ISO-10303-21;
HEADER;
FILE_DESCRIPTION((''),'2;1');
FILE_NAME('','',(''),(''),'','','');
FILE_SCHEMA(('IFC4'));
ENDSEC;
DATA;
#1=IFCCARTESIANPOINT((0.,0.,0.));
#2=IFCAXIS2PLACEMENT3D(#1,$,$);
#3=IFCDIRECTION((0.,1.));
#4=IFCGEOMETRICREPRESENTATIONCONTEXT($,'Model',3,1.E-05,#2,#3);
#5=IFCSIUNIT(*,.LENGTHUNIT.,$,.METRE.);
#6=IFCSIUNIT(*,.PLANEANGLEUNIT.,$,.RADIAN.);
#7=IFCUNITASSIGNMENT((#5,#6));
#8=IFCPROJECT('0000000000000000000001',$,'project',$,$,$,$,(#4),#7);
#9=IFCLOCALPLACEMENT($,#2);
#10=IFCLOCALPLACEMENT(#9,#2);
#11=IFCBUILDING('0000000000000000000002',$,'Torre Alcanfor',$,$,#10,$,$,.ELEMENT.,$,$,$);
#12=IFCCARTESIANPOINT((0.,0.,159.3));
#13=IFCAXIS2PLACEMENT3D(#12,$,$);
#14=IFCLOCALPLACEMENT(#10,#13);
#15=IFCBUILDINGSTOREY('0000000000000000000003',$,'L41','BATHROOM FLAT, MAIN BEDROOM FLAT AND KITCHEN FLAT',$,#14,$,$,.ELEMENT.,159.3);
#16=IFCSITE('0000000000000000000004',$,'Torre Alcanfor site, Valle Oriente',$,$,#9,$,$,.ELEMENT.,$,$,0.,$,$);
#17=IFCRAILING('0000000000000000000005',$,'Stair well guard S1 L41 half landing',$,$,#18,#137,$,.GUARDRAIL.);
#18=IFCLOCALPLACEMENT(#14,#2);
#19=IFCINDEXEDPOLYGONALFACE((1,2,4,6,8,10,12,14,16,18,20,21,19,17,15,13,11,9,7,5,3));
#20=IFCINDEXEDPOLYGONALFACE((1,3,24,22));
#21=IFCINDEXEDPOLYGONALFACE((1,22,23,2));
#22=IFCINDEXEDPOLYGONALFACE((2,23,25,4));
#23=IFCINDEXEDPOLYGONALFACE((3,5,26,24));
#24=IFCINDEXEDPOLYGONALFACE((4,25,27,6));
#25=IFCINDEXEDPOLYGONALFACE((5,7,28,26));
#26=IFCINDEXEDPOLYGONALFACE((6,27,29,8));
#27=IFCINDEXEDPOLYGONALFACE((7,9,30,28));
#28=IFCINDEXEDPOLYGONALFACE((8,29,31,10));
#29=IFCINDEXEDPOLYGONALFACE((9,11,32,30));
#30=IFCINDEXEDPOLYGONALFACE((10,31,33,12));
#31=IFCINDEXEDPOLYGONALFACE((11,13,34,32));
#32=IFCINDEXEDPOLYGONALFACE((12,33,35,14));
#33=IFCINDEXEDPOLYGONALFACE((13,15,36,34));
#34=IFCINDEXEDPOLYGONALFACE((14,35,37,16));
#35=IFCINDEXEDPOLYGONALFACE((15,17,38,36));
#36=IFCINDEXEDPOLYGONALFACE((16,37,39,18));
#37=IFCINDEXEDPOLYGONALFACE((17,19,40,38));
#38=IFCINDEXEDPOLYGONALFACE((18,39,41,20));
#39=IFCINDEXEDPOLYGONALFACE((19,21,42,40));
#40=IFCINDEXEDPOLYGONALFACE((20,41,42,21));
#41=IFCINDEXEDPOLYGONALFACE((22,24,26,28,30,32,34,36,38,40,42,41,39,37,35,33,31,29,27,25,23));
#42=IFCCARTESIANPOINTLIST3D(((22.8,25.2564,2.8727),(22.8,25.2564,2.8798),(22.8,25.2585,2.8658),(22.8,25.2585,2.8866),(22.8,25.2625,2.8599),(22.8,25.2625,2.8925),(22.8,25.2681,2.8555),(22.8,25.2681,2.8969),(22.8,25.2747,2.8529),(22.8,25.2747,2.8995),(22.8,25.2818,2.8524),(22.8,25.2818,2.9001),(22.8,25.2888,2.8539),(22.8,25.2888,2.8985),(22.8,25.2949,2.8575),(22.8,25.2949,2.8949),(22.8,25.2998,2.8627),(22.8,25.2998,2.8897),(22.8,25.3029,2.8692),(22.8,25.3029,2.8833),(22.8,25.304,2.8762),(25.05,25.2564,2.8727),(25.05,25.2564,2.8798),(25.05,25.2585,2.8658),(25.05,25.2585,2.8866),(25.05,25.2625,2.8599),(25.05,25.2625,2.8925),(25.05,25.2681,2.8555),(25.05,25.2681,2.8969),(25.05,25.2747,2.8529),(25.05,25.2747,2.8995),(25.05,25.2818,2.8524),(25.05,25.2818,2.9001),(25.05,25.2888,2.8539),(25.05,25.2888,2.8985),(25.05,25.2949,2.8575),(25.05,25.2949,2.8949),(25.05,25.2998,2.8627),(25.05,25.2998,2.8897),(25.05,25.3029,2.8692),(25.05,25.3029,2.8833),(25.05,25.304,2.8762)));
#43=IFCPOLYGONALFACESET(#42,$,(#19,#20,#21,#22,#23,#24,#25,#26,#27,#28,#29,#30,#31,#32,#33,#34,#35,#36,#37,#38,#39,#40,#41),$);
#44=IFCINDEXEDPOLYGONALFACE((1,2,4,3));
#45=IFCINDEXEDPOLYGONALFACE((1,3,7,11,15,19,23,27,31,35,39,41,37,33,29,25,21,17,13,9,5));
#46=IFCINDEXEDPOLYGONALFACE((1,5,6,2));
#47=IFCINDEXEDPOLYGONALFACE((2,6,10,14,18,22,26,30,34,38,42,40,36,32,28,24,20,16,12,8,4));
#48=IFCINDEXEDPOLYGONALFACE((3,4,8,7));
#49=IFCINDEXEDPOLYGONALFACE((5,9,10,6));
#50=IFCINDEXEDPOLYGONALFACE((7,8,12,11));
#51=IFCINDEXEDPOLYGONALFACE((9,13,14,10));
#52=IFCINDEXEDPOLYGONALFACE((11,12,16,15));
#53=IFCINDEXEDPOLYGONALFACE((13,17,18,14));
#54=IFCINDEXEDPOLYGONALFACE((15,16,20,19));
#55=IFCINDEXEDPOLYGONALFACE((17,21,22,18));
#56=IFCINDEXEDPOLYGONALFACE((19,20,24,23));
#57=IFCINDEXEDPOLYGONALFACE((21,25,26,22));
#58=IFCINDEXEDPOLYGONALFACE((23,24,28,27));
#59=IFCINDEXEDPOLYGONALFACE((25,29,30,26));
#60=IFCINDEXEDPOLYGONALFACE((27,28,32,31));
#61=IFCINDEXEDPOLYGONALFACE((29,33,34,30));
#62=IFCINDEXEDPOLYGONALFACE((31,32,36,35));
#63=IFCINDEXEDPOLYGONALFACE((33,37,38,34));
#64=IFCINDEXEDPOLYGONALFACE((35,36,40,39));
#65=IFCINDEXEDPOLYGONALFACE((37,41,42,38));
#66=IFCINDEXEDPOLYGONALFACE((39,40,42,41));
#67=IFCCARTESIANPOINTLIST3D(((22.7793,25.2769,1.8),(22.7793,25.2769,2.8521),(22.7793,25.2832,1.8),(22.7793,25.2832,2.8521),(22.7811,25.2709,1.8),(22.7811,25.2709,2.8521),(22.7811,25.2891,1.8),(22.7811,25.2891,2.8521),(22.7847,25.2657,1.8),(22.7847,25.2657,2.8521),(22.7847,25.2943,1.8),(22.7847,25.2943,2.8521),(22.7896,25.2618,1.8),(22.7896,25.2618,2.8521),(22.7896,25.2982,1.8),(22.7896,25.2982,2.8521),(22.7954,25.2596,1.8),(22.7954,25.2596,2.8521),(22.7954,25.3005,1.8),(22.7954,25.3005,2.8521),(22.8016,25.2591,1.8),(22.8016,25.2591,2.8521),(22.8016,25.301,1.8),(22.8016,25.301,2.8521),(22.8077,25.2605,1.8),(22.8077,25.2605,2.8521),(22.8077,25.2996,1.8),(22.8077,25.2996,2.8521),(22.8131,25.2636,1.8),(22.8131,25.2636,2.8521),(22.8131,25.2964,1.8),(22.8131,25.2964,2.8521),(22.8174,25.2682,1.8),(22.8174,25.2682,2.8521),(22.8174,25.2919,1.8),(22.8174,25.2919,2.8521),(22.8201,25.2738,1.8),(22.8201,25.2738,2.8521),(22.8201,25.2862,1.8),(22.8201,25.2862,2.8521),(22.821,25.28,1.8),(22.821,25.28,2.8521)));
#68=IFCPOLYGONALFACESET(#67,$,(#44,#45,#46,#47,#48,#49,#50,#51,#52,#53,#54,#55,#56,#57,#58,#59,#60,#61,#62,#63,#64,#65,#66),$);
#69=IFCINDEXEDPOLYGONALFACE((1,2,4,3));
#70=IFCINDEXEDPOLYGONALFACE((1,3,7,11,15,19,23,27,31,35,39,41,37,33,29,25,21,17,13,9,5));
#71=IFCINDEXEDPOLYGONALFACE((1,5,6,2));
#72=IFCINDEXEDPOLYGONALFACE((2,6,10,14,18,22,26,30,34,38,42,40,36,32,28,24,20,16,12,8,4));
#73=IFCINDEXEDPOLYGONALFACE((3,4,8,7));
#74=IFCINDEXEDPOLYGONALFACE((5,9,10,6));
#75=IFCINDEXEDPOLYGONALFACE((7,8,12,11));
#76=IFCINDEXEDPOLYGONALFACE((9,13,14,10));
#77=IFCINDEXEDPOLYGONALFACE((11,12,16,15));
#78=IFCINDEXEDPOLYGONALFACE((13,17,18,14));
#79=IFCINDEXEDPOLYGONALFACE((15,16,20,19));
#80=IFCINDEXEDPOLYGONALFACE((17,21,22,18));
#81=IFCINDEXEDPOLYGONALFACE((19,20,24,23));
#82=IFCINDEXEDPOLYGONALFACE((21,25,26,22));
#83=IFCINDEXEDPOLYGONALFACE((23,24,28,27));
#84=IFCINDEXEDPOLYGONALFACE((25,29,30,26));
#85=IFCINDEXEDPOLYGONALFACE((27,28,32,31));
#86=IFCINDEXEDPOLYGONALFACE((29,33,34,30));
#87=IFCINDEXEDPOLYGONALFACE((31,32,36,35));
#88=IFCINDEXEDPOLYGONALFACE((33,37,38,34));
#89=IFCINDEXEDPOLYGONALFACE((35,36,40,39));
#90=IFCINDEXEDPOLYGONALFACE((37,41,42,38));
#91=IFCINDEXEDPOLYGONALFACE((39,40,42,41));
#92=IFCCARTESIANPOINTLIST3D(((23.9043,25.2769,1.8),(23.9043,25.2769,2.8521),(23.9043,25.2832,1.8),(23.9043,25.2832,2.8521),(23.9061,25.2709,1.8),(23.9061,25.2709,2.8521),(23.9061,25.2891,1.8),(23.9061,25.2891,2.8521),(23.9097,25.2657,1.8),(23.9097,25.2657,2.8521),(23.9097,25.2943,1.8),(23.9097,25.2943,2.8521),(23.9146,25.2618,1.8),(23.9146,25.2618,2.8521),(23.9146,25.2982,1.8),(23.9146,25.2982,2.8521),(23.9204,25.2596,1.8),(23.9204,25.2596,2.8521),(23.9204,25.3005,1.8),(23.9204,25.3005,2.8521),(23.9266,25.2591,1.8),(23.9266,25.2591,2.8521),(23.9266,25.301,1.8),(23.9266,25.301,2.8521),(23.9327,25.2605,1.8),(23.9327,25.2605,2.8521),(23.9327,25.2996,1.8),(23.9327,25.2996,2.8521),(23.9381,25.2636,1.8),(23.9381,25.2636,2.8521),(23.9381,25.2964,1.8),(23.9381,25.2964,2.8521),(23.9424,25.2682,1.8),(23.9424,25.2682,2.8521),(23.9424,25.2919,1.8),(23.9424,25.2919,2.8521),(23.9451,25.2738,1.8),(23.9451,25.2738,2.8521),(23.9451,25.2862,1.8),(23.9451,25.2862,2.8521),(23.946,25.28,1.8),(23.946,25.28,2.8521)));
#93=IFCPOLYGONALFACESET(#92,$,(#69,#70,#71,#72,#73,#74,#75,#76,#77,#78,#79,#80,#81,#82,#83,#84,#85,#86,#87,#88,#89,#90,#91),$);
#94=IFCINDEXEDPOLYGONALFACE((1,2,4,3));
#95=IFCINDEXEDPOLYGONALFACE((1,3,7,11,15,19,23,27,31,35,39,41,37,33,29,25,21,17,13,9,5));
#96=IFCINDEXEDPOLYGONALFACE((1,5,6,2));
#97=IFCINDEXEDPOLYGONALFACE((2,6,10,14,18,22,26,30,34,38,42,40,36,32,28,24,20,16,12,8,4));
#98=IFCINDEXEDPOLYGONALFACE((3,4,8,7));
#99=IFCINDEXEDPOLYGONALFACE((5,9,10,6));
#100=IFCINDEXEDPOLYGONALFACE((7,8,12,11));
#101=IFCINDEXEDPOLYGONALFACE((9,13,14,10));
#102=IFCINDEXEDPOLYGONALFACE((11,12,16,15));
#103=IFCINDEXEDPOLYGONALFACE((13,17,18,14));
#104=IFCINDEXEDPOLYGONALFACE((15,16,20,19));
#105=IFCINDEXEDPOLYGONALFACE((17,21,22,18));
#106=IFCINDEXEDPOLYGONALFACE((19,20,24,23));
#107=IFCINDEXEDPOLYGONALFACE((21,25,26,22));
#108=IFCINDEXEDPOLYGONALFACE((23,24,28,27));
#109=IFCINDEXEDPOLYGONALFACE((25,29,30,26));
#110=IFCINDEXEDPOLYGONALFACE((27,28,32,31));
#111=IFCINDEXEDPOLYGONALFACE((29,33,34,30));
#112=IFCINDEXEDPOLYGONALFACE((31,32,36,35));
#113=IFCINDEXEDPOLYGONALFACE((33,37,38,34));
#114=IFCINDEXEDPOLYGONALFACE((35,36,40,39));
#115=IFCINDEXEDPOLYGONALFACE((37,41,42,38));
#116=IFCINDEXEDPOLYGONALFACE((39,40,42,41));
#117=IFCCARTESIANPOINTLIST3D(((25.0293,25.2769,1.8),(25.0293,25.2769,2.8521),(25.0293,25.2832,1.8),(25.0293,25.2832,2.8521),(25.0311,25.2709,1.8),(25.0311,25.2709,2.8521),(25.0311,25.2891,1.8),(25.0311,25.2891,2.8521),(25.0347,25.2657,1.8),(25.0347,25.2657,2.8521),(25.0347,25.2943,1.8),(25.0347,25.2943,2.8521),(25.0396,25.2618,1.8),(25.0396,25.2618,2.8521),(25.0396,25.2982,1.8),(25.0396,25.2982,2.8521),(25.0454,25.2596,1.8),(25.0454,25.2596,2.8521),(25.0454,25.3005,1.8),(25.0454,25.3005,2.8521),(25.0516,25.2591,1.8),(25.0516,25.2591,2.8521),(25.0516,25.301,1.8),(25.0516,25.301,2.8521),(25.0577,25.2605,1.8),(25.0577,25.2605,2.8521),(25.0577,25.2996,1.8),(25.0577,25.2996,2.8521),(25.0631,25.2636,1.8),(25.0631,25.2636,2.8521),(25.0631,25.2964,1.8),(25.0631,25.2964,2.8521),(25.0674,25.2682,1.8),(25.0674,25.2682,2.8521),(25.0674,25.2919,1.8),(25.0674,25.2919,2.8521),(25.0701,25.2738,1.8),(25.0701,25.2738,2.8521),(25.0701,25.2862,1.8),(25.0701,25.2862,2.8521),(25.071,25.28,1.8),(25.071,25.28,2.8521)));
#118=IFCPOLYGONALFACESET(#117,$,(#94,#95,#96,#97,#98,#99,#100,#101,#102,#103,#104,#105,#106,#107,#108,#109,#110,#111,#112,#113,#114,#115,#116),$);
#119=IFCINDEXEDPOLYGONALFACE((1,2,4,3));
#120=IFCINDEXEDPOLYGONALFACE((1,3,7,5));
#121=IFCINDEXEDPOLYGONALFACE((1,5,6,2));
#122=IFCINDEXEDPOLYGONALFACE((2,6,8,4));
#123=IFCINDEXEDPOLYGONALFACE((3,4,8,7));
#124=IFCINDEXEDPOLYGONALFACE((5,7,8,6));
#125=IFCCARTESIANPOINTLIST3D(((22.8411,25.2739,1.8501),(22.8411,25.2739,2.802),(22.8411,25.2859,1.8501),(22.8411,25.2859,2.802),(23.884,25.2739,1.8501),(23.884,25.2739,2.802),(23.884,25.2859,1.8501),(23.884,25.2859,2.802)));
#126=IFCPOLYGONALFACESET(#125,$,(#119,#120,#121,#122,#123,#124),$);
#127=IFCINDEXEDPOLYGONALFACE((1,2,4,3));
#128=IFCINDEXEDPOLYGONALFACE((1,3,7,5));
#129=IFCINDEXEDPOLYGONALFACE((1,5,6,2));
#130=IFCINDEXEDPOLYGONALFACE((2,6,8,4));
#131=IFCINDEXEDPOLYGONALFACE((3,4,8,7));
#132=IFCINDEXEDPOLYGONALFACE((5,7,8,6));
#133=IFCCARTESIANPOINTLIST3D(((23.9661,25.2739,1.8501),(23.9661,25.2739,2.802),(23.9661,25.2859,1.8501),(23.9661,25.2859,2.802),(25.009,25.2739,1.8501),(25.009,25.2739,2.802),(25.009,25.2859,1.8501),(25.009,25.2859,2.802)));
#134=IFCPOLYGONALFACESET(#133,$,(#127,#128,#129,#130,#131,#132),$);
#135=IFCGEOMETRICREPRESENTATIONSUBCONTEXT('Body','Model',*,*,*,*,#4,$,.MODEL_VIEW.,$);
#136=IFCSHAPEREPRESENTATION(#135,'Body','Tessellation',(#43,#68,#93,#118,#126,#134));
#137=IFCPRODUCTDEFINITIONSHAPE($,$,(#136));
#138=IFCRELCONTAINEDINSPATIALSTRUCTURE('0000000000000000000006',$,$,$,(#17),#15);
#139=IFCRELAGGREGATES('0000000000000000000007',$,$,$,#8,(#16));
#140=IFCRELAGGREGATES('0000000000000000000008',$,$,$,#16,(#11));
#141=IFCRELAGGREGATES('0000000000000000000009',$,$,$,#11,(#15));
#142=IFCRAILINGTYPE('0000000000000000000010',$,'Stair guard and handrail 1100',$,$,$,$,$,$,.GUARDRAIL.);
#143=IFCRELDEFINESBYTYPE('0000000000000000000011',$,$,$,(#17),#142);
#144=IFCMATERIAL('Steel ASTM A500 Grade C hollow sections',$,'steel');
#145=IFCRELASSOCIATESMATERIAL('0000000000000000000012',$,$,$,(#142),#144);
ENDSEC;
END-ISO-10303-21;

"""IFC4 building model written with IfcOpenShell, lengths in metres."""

from ifc_helpers import new_model, si_unit, direction, frame, origin, origin_2d, place, context, subcontext, project, spatial, polyline, circle, outline, extrude, material, type_object, element, save


model = new_model("IFC4")

# Units and contexts
model_context = context("Model", 3, precision=1e-05, world=origin(), true_north=direction((0.0, 1.0)))
body_context = subcontext(model_context, "Body", "Model", "MODEL_VIEW")
ifc_project = project(units=[si_unit("LENGTHUNIT", "METRE"), si_unit("PLANEANGLEUNIT", "RADIAN")], contexts=[model_context])

# Site, building, storey
site_placement = place(None, origin())
site = spatial("IfcSite", under=ifc_project, at=site_placement, Name="Torre Alcanfor site, Valle Oriente", CompositionType="ELEMENT", RefElevation=0.0)
building_placement = place(site_placement, origin())
building = spatial("IfcBuilding", under=site, at=building_placement, Name="Torre Alcanfor", CompositionType="ELEMENT")
storey_placement = place(building_placement, frame((0.0, 0.0, 159.3)))
storey = spatial("IfcBuildingStorey", under=building, at=storey_placement, Name="L41", Description="BATHROOM FLAT, MAIN BEDROOM FLAT AND KITCHEN FLAT", CompositionType="ELEMENT", Elevation=159.3)

# Railing
ifc_material_1 = material(Name="Steel ASTM A500 Grade C hollow sections", Category="steel")
railing_type_1 = type_object("IfcRailingType", Name="Stair guard and handrail 1100", PredefinedType="GUARDRAIL", material=ifc_material_1)
railing_1_placement = place(storey_placement, frame((22.8, 25.28, 1.8)))
element("IfcRailing", 1, at=railing_1_placement, inside=storey, type_object=railing_type_1, Name="Stair well guard S1 L41 half landing", PredefinedType="GUARDRAIL", context=body_context, shape_type="SweptSolid", body=[
    extrude(circle(Radius=0.0239, at=origin_2d()), frame((0.0, 0.0, 1.0762), z_axis=(1.0, 0.0, 0.0), x_axis=(0.0, 1.0, 0.0)), (0.0, 0.0, 1.0), 2.25),
    extrude(circle(Radius=0.021, at=origin_2d()), origin(), (0.0, 0.0, 1.0), 1.052),
    extrude(circle(Radius=0.021, at=origin_2d()), frame((1.125, 0.0, 0.0)), (0.0, 0.0, 1.0), 1.052),
    extrude(circle(Radius=0.021, at=origin_2d()), frame((2.25, 0.0, 0.0)), (0.0, 0.0, 1.0), 1.052),
    extrude(outline(polyline([(0.041, 0.05), (1.084, 0.05), (1.084, 1.002), (0.041, 1.002), (0.041, 0.05)])), frame((0.0, 0.0059, 0.0), z_axis=(0.0, -1.0, 0.0), x_axis=(1.0, 0.0, 0.0)), (0.0, 0.0, 1.0), 0.012),
    extrude(outline(polyline([(1.166, 0.05), (2.209, 0.05), (2.209, 1.002), (1.166, 1.002), (1.166, 0.05)])), frame((0.0, 0.0059, 0.0), z_axis=(0.0, -1.0, 0.0), x_axis=(1.0, 0.0, 0.0)), (0.0, 0.0, 1.0), 0.012),
])

save(model, "model.ifc")
